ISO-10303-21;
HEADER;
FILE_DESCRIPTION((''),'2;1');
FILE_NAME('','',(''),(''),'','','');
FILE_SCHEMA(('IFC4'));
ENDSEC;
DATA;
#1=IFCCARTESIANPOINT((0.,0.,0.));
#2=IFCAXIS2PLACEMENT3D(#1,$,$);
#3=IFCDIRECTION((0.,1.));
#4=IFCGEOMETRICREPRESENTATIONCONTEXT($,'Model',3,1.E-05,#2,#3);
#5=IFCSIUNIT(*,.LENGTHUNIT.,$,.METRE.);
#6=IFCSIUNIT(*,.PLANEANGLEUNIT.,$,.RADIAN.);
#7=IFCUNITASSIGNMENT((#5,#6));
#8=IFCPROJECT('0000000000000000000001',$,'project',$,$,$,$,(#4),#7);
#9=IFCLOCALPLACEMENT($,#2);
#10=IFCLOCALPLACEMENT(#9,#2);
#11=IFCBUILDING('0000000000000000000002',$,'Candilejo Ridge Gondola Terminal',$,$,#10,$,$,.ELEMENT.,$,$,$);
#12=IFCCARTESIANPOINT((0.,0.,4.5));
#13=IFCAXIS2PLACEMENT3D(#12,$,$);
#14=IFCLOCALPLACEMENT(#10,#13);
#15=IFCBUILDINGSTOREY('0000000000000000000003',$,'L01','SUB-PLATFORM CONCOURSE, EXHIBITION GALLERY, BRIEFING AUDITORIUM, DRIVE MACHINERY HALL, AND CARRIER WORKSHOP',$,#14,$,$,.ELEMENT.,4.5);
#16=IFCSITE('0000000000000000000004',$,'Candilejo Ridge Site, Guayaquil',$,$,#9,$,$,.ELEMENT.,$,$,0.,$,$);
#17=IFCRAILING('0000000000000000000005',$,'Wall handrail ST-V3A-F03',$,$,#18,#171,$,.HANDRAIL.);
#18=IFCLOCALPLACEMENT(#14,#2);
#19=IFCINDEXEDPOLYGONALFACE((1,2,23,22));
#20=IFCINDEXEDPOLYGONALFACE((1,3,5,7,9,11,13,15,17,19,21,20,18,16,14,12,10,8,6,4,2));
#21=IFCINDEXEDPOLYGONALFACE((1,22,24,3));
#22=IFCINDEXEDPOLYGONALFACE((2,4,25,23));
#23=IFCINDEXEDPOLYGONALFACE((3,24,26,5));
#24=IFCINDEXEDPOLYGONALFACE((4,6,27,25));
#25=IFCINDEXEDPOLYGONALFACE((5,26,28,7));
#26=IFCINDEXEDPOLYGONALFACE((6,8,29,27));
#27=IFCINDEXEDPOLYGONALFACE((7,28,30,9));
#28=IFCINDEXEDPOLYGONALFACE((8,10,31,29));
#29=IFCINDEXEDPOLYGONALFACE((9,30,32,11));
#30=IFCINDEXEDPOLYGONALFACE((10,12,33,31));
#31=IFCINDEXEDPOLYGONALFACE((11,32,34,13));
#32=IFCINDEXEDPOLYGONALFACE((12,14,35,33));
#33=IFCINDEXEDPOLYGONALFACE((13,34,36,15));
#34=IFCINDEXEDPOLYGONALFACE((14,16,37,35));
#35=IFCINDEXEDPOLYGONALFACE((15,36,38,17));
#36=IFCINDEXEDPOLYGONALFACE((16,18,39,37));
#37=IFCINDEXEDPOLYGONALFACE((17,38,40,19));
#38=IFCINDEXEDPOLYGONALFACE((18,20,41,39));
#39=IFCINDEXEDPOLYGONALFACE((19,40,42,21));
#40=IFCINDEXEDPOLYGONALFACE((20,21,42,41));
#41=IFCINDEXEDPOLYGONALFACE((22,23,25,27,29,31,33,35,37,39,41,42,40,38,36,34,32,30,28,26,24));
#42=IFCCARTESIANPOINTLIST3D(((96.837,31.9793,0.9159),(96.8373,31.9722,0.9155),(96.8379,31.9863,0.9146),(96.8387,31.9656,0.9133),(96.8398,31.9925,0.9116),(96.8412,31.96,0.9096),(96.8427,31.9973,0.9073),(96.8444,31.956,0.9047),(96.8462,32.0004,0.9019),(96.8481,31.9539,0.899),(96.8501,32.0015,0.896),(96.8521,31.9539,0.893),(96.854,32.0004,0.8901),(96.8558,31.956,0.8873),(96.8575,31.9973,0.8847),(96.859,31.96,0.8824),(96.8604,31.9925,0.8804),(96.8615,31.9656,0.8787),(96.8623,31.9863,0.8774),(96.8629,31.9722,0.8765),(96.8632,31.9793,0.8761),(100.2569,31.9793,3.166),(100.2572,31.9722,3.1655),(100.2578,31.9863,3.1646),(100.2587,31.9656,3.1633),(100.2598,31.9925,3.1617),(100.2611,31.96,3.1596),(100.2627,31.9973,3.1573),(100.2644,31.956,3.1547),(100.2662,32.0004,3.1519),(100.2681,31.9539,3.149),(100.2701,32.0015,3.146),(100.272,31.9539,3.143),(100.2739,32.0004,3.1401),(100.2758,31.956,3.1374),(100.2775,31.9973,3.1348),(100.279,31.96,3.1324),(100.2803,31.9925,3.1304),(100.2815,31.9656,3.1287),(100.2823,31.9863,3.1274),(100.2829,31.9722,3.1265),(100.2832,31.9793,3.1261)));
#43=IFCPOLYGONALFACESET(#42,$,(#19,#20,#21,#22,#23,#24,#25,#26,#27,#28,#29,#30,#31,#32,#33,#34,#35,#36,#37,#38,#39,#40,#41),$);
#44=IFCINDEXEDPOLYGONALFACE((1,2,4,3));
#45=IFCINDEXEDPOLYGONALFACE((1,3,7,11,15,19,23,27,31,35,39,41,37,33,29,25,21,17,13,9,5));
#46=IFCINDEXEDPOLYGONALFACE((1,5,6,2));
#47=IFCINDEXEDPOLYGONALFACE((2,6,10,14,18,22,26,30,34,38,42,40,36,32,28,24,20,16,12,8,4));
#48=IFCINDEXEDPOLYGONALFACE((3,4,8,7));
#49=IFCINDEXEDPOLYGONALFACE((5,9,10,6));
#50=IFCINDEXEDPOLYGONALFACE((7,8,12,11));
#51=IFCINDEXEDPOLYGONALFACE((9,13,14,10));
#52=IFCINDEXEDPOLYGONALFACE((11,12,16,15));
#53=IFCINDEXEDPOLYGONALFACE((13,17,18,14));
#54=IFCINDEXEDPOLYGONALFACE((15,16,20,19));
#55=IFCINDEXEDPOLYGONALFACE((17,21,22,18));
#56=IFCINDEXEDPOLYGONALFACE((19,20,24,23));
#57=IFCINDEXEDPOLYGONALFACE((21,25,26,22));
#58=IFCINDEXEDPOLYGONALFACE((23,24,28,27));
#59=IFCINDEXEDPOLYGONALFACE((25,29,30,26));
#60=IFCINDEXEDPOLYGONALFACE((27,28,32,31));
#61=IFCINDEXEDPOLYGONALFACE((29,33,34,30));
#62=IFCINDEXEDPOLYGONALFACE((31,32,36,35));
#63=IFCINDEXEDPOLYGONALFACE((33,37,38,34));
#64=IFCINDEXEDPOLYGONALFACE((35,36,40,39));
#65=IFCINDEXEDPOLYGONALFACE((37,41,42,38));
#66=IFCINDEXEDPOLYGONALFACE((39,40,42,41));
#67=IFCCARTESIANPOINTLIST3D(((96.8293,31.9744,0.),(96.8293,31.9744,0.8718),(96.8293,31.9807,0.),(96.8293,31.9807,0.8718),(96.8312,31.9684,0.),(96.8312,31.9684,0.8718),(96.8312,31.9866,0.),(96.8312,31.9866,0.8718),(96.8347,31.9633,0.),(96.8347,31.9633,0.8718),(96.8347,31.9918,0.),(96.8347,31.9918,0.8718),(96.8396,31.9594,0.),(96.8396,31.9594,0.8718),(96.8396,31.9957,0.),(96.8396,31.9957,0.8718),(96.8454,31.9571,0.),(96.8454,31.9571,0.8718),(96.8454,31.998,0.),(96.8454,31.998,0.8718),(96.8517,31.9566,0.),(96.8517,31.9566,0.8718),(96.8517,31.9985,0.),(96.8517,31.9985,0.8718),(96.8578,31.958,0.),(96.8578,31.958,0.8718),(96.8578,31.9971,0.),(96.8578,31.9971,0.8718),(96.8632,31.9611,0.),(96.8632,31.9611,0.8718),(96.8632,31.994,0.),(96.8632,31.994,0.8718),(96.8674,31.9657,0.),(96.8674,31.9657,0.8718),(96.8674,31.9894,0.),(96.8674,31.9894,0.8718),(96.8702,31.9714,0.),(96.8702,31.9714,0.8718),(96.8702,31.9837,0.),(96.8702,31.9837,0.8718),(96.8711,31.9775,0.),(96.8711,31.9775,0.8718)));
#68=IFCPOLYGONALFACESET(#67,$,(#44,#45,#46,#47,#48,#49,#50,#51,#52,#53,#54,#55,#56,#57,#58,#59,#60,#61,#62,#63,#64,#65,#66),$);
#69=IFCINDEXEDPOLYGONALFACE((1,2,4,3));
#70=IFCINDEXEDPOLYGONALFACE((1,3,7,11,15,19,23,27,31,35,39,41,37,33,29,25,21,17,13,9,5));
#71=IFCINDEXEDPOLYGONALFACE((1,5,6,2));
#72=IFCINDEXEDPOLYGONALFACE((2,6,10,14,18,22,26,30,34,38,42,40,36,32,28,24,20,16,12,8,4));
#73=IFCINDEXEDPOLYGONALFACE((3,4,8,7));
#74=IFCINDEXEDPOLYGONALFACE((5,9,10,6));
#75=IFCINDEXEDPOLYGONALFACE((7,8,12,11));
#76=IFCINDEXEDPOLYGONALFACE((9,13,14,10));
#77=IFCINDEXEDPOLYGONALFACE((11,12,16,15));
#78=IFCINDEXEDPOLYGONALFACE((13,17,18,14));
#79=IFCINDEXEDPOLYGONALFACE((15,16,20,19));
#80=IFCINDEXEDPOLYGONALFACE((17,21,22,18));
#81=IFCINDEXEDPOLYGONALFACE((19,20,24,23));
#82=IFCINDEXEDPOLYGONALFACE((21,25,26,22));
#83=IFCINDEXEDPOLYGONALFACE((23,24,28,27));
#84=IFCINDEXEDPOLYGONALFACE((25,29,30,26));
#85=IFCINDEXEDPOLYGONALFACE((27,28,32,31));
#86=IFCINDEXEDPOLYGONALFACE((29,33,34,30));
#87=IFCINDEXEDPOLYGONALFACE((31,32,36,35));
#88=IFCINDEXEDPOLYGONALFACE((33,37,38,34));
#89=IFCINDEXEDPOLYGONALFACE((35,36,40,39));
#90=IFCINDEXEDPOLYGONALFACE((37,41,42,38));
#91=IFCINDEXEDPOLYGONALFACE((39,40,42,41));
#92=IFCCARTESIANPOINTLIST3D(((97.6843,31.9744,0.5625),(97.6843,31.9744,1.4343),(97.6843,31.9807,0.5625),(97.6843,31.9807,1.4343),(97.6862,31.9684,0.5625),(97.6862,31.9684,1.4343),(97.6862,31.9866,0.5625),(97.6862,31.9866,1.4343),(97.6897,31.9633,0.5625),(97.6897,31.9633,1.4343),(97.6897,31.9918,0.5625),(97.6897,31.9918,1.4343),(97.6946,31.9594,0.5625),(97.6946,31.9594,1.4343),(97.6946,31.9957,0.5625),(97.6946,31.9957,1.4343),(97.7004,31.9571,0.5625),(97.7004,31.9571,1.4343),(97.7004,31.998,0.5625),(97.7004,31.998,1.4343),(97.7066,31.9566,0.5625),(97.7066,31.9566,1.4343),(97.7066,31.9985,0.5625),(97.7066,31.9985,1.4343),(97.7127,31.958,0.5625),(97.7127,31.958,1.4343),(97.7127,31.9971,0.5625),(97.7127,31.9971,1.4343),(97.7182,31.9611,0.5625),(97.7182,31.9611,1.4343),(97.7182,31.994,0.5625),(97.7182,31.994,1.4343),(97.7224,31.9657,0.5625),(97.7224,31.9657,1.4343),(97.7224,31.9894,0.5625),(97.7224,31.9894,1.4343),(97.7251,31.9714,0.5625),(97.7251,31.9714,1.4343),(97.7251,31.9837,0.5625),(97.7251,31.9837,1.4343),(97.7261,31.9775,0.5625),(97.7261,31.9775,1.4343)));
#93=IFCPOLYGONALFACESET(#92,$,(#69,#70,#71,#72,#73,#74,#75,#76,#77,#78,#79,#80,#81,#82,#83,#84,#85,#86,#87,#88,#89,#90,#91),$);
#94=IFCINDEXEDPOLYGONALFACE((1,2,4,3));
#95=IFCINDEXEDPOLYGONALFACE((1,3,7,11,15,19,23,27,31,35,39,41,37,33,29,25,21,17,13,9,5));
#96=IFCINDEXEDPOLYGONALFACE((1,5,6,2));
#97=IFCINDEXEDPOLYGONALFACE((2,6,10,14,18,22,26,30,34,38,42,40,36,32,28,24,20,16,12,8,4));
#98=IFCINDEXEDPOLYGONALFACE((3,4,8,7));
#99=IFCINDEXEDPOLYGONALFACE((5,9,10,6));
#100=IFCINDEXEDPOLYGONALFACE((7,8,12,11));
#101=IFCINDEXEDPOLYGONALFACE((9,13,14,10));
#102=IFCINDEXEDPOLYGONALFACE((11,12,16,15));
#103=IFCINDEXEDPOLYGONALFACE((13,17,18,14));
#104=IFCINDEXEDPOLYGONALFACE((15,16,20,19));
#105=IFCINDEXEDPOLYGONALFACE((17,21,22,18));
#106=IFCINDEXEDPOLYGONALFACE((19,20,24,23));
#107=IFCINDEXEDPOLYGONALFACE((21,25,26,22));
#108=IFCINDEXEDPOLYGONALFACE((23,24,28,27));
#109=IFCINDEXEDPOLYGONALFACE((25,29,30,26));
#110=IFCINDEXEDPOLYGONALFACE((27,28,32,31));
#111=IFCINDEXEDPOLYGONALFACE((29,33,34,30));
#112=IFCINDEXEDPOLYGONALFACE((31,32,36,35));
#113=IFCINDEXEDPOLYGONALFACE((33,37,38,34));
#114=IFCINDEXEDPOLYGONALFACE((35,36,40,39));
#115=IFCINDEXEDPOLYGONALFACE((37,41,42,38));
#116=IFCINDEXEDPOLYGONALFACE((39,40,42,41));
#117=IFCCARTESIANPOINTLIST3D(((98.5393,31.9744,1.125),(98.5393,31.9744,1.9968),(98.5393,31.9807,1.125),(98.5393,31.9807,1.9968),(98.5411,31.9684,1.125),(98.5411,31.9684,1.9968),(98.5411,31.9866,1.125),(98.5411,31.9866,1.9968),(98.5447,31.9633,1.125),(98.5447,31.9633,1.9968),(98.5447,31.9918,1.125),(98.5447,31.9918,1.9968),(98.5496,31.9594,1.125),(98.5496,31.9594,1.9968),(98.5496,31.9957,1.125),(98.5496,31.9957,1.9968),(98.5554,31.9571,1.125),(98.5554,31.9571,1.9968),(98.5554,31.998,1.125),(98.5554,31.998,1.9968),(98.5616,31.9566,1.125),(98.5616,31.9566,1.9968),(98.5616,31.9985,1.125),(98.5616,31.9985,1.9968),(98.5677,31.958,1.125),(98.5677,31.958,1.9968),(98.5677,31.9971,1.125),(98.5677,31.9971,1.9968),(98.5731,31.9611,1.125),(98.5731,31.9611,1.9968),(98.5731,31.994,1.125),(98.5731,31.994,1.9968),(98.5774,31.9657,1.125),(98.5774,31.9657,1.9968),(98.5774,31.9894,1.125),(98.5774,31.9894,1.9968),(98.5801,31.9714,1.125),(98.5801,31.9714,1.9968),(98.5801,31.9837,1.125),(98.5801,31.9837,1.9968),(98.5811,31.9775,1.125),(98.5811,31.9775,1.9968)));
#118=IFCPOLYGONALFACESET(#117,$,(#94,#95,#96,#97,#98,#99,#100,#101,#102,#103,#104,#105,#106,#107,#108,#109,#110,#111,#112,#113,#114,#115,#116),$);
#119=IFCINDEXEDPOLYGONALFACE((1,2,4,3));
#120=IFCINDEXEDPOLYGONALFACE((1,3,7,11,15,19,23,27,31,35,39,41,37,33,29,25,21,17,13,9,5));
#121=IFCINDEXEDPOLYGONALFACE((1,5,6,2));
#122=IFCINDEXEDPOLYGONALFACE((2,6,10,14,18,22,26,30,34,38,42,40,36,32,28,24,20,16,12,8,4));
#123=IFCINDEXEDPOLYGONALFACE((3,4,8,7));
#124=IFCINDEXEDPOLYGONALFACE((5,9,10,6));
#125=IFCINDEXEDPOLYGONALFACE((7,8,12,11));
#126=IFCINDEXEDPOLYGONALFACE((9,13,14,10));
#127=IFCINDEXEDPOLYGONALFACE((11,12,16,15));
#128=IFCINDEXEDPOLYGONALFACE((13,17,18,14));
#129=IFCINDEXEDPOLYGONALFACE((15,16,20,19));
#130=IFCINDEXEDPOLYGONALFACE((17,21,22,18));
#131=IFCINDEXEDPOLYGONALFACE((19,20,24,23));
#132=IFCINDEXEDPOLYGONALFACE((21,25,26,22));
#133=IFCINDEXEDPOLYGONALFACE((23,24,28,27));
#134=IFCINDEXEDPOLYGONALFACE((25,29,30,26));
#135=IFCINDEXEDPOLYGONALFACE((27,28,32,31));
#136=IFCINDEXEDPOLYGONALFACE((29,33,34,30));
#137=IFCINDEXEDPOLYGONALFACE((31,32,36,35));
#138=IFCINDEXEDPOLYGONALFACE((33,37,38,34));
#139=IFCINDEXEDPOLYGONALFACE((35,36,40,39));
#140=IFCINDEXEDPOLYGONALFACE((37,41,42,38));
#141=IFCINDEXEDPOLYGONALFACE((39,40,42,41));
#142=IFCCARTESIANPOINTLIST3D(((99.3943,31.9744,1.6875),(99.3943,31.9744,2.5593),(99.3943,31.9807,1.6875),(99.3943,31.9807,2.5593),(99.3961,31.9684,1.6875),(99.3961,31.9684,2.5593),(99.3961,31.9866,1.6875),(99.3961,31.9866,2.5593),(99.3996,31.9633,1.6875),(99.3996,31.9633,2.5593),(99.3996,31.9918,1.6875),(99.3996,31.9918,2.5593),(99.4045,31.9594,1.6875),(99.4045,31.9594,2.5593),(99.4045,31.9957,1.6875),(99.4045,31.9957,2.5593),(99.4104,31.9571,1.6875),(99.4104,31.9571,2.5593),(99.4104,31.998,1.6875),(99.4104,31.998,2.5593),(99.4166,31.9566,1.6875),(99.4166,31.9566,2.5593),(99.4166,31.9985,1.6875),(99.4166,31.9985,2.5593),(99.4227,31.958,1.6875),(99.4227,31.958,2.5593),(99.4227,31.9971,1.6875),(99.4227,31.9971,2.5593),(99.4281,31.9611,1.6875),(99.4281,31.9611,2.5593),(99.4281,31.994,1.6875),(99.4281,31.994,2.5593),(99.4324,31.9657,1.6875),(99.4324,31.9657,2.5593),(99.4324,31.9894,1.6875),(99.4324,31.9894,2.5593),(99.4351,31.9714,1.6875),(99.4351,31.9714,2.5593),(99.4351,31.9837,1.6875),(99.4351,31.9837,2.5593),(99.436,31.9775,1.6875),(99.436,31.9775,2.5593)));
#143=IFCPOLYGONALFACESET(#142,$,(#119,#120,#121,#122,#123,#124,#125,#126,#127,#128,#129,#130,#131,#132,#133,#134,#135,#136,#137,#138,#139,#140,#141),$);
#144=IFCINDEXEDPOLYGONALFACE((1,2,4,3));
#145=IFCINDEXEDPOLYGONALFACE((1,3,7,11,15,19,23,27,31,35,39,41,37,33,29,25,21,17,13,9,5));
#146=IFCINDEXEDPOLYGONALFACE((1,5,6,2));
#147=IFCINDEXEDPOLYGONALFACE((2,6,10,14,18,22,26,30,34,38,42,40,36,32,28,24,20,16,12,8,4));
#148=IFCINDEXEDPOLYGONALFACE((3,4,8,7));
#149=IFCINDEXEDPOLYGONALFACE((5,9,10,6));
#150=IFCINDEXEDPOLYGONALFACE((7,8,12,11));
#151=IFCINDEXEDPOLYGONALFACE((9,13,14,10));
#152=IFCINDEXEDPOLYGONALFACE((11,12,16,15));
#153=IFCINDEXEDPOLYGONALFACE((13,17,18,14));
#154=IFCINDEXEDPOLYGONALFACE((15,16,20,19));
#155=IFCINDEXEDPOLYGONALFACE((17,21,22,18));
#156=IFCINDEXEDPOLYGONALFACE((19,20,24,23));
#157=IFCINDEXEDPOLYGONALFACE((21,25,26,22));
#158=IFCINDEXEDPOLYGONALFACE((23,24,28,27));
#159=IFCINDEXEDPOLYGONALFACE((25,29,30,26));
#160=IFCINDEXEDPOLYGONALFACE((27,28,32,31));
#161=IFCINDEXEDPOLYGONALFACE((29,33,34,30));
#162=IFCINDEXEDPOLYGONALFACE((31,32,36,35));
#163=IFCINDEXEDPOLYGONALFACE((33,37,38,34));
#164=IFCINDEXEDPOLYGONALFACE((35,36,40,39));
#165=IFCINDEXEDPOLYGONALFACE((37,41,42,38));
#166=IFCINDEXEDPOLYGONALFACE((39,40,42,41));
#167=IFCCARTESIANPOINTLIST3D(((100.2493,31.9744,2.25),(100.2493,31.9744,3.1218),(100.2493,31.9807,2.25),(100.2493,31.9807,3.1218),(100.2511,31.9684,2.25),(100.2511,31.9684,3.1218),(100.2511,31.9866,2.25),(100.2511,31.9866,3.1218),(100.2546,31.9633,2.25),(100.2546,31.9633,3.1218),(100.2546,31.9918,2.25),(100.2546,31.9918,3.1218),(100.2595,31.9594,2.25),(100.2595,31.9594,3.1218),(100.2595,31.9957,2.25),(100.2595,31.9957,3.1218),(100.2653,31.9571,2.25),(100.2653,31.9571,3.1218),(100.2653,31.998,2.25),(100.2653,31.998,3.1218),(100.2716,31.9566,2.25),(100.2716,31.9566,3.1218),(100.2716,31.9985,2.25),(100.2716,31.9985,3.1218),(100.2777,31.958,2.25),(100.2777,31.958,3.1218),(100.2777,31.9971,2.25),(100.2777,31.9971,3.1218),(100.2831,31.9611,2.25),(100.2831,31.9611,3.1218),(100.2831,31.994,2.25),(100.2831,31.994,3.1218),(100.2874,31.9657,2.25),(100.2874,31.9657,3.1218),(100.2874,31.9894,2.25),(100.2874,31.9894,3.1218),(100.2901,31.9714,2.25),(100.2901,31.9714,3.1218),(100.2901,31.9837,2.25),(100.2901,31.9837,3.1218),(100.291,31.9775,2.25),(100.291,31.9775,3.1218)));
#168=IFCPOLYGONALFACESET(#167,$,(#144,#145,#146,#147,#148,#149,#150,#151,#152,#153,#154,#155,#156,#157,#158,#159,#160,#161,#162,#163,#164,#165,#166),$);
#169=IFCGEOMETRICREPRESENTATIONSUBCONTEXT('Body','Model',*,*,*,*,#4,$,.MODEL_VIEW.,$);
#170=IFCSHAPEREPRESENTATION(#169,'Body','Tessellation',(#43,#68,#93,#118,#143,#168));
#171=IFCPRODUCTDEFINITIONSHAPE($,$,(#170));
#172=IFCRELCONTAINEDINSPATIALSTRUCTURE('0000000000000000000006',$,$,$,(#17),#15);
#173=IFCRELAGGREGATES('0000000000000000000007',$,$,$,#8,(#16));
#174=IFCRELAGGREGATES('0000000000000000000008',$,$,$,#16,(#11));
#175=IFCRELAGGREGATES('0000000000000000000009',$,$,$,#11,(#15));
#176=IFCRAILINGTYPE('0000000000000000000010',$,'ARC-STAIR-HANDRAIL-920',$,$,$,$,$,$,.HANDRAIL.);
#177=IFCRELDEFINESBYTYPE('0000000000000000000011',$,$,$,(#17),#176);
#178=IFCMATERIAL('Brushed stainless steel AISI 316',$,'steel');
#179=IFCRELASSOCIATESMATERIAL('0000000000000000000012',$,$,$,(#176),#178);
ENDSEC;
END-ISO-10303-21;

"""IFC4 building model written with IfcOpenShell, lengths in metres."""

from ifc_helpers import new_model, si_unit, direction, frame, origin, origin_2d, place, context, subcontext, project, spatial, circle, extrude, material, type_object, element, save


model = new_model("IFC4")

# Units and contexts
model_context = context("Model", 3, precision=1e-05, world=origin(), true_north=direction((0.0, 1.0)))
body_context = subcontext(model_context, "Body", "Model", "MODEL_VIEW")
ifc_project = project(units=[si_unit("LENGTHUNIT", "METRE"), si_unit("PLANEANGLEUNIT", "RADIAN")], contexts=[model_context])

# Site, building, storey
site_placement = place(None, origin())
site = spatial("IfcSite", under=ifc_project, at=site_placement, Name="Candilejo Ridge Site, Guayaquil", CompositionType="ELEMENT", RefElevation=0.0)
building_placement = place(site_placement, origin())
building = spatial("IfcBuilding", under=site, at=building_placement, Name="Candilejo Ridge Gondola Terminal", CompositionType="ELEMENT")
storey_placement = place(building_placement, frame((0.0, 0.0, 4.5)))
storey = spatial("IfcBuildingStorey", under=building, at=storey_placement, Name="L01", Description="SUB-PLATFORM CONCOURSE, EXHIBITION GALLERY, BRIEFING AUDITORIUM, DRIVE MACHINERY HALL, AND CARRIER WORKSHOP", CompositionType="ELEMENT", Elevation=4.5)

# Railing
ifc_material_1 = material(Name="Brushed stainless steel AISI 316", Category="steel")
railing_type_1 = type_object("IfcRailingType", Name="ARC-STAIR-HANDRAIL-920", PredefinedType="HANDRAIL", material=ifc_material_1)
railing_1_placement = place(storey_placement, frame((96.8501, 31.9775, 0.0)))
element("IfcRailing", 1, at=railing_1_placement, inside=storey, type_object=railing_type_1, Name="Wall handrail ST-V3A-F03", PredefinedType="HANDRAIL", context=body_context, shape_type="SweptSolid", body=[
    extrude(circle(Radius=0.0239, at=origin_2d()), frame((0.0, 0.0, 0.896), z_axis=(0.835411, 0.0, 0.549625), x_axis=(0.0, 1.0, 0.0)), (0.0, 0.0, 1.0), 4.0938),
    extrude(circle(Radius=0.021, at=origin_2d()), origin(), (0.0, 0.0, 1.0), 0.8718),
    extrude(circle(Radius=0.021, at=origin_2d()), frame((0.855, 0.0, 0.5625)), (0.0, 0.0, 1.0), 0.8718),
    extrude(circle(Radius=0.021, at=origin_2d()), frame((1.71, 0.0, 1.125)), (0.0, 0.0, 1.0), 0.8718),
    extrude(circle(Radius=0.021, at=origin_2d()), frame((2.5649, 0.0, 1.6875)), (0.0, 0.0, 1.0), 0.8718),
    extrude(circle(Radius=0.021, at=origin_2d()), frame((3.4199, 0.0, 2.25)), (0.0, 0.0, 1.0), 0.8718),
])

save(model, "model.ifc")
